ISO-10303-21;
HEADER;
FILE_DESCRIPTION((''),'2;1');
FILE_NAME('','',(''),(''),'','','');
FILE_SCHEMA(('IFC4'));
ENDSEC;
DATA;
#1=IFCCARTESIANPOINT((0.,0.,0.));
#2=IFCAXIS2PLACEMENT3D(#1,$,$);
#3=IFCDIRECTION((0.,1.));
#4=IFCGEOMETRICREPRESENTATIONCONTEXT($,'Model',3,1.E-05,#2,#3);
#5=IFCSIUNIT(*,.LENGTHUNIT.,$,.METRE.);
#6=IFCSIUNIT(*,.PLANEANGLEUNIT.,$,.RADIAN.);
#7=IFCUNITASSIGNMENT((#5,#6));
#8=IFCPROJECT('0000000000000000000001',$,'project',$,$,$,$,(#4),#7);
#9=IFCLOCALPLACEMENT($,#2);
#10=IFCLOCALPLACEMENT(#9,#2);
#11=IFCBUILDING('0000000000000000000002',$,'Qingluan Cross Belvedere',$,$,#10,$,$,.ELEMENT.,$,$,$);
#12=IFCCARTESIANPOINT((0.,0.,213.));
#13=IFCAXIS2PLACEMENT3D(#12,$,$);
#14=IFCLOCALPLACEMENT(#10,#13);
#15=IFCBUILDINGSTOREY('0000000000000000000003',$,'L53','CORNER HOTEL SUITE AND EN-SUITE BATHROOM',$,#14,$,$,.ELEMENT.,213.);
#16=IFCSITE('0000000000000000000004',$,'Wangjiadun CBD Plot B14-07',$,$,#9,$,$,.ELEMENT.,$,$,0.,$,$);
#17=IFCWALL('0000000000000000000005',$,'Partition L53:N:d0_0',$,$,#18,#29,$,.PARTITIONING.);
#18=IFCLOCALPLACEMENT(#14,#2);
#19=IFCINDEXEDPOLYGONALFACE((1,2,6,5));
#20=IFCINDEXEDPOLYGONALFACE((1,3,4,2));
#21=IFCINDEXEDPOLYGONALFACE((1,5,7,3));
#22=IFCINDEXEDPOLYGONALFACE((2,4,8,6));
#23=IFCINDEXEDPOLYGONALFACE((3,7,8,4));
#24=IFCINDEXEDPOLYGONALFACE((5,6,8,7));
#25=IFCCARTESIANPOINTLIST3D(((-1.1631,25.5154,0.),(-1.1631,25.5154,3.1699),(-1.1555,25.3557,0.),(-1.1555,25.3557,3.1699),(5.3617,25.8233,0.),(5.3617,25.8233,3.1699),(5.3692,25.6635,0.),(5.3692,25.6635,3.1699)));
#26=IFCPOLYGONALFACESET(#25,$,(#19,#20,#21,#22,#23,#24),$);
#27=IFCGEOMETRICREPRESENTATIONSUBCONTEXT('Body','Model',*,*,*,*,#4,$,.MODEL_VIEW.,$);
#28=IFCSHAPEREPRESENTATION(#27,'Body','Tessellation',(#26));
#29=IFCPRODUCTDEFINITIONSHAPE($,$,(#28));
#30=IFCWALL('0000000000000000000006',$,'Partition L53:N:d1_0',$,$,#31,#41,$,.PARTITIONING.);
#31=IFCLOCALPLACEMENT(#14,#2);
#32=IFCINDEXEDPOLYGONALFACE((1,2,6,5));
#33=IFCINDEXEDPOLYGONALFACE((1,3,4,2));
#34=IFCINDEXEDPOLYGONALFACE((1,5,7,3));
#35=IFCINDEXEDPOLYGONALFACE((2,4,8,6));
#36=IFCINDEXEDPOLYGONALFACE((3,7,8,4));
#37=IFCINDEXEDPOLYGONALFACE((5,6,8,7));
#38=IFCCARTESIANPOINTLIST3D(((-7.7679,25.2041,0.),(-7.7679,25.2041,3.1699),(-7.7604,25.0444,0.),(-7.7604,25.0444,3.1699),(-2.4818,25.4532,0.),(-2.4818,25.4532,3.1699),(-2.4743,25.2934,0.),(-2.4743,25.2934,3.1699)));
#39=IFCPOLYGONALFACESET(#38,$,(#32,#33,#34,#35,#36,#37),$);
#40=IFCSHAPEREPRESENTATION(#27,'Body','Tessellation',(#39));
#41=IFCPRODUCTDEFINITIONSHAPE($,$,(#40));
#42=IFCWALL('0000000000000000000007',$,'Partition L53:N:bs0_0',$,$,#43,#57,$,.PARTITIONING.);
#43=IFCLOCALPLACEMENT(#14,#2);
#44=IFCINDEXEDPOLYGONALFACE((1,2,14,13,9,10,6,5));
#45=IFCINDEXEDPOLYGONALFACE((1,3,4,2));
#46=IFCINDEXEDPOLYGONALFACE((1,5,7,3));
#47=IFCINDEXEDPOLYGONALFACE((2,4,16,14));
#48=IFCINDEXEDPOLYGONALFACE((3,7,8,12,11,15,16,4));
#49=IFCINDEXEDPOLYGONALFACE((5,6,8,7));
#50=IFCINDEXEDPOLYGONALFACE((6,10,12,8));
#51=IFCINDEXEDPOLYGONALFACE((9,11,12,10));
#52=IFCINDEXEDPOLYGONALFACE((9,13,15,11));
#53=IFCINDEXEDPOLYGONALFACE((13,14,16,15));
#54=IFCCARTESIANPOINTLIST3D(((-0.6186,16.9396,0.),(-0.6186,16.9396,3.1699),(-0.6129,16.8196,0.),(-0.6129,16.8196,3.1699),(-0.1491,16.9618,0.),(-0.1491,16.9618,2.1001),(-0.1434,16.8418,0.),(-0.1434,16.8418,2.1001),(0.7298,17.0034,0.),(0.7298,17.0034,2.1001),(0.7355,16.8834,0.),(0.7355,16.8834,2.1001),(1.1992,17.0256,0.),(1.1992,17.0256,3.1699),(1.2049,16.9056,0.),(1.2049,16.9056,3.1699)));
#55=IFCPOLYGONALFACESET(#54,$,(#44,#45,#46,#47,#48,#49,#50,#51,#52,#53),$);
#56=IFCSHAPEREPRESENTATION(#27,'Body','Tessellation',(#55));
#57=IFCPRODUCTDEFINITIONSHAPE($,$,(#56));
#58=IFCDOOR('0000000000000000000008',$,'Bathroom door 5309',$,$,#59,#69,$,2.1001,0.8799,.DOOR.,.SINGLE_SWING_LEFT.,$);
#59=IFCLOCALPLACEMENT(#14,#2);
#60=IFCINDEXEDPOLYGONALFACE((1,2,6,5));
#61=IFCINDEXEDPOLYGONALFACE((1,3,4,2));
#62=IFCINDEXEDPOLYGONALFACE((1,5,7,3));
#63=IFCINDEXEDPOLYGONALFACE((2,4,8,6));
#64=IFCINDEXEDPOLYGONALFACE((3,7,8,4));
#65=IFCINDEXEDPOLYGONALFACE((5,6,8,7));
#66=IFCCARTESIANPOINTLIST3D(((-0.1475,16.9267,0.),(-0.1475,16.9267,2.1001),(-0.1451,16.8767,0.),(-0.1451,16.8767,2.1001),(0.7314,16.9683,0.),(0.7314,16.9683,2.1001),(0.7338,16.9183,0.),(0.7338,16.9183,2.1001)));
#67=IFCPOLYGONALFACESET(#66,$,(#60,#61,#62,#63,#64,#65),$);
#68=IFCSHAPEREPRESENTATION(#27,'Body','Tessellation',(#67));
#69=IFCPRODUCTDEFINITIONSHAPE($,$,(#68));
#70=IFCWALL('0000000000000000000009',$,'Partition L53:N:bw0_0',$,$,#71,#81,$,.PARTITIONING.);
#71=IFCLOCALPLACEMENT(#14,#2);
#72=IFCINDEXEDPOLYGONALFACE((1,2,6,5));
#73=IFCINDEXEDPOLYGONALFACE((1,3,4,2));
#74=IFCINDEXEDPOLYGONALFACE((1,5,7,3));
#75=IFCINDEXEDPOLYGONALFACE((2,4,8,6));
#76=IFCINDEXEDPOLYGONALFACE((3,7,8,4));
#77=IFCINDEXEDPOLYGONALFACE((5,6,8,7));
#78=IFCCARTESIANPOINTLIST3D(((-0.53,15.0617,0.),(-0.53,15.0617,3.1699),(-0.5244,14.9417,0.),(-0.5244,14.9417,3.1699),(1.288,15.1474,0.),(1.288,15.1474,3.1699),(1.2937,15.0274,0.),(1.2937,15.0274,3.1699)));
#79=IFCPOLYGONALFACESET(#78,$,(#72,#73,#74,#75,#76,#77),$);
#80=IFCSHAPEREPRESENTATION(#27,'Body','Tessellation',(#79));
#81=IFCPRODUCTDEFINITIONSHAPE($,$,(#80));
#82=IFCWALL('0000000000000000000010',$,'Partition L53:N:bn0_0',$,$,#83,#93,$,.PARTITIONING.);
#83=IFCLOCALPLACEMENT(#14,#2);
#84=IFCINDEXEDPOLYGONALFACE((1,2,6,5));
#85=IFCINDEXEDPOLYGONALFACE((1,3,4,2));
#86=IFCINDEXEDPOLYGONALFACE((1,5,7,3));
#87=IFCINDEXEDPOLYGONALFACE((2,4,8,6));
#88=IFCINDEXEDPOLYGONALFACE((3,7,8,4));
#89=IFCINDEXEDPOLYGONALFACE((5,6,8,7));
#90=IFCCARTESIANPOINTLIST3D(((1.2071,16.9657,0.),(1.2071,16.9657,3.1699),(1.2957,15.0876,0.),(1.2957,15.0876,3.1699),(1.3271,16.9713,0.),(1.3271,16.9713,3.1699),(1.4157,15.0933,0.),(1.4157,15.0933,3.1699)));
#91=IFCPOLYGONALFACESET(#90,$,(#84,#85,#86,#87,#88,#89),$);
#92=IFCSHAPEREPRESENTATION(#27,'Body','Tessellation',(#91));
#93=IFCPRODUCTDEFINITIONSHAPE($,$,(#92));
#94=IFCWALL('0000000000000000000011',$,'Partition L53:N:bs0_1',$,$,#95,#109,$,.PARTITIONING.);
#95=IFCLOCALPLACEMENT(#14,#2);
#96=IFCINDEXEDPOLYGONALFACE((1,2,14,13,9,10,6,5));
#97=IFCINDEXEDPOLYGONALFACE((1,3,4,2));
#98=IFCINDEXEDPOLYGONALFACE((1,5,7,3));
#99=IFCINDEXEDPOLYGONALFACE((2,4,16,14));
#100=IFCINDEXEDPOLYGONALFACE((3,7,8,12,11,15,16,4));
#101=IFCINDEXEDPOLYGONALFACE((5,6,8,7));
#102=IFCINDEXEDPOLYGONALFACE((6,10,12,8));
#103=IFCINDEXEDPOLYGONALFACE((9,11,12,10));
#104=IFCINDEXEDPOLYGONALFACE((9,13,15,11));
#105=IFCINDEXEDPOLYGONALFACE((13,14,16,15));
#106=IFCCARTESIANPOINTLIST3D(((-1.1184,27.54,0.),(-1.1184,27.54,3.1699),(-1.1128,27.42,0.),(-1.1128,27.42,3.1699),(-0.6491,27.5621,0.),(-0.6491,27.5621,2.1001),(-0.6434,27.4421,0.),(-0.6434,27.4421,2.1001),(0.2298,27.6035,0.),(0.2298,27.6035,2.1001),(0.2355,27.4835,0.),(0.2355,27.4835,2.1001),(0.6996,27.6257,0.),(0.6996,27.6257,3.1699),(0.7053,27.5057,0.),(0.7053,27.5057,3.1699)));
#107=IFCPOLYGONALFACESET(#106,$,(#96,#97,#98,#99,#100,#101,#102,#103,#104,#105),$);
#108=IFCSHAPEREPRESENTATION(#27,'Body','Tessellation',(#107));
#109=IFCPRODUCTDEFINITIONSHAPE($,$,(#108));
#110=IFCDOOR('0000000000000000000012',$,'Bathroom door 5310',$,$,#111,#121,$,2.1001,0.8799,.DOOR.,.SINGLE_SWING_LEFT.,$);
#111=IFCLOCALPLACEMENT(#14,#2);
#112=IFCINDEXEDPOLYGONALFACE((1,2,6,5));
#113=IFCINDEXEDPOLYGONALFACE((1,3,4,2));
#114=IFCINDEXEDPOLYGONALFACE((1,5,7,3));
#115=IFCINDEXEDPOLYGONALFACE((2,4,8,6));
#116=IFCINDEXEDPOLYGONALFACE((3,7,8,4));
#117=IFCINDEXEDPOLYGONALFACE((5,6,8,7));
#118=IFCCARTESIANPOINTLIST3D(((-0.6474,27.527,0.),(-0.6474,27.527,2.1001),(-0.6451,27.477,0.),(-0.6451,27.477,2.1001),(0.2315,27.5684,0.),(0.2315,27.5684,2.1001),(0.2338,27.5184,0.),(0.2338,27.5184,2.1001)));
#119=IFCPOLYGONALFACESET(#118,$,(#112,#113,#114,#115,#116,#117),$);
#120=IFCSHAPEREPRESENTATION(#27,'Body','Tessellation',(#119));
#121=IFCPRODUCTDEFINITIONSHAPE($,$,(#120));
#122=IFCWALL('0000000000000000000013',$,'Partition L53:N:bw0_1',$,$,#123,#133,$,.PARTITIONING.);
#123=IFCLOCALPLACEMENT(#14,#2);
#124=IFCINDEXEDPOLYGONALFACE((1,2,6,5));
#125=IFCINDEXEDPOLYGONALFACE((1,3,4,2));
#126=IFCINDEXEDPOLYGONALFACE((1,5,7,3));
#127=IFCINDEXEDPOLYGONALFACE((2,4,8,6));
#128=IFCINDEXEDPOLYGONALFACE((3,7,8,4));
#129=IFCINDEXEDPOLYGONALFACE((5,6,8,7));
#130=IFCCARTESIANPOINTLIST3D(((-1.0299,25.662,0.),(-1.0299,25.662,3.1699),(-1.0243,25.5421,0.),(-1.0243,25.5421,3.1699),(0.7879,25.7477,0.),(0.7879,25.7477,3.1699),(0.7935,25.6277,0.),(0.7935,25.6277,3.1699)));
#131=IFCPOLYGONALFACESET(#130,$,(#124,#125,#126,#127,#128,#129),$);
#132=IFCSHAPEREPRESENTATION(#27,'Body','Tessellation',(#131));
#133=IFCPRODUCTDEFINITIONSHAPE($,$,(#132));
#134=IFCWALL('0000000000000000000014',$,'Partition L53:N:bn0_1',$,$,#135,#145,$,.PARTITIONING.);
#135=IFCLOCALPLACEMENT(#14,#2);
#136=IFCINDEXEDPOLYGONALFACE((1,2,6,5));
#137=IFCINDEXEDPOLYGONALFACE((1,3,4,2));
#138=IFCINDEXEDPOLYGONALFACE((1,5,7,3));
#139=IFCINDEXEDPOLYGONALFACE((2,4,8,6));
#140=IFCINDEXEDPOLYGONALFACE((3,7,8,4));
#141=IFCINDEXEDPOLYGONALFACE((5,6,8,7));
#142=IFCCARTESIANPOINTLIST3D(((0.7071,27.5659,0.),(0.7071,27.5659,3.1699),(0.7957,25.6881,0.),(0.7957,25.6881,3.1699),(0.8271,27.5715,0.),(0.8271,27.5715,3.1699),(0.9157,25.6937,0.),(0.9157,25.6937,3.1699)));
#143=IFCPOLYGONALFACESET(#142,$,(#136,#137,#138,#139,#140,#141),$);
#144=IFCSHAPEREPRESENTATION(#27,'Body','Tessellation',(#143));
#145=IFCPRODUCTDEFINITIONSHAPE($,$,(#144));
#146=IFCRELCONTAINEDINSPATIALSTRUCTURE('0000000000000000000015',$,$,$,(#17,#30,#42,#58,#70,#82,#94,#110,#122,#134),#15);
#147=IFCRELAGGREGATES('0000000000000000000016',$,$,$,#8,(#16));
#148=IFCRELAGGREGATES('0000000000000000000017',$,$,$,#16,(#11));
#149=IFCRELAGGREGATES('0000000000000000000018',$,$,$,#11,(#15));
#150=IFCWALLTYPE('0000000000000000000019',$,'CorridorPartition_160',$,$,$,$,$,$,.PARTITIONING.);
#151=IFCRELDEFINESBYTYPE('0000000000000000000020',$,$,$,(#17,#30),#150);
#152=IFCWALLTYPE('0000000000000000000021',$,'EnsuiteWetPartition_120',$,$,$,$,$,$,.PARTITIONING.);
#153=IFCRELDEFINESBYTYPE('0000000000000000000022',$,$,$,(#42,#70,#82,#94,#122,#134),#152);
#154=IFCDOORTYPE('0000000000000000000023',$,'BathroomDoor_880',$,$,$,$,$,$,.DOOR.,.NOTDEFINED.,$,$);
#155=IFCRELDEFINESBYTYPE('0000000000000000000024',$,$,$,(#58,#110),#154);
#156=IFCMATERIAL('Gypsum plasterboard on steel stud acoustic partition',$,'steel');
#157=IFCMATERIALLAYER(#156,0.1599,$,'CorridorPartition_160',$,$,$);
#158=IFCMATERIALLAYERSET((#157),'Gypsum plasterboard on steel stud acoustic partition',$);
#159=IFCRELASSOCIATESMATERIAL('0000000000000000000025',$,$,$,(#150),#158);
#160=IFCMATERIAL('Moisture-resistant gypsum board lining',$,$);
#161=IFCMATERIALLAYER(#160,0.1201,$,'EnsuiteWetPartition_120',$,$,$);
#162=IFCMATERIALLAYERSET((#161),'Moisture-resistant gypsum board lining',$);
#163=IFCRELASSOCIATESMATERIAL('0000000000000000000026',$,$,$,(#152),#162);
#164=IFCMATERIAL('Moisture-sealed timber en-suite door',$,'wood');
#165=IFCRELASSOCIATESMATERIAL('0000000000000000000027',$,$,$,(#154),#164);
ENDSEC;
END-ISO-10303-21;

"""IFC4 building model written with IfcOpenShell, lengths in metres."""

from ifc_helpers import new_model, si_unit, direction, frame, frame_2d, origin, place, context, subcontext, project, spatial, rectangle, extrude, material, layer, layer_set, type_object, element, fill, save


model = new_model("IFC4")

# Units and contexts
model_context = context("Model", 3, precision=1e-05, world=origin(), true_north=direction((0.0, 1.0)))
body_context = subcontext(model_context, "Body", "Model", "MODEL_VIEW")
ifc_project = project(units=[si_unit("LENGTHUNIT", "METRE"), si_unit("PLANEANGLEUNIT", "RADIAN")], contexts=[model_context])

# Site, building, storey
site_placement = place(None, origin())
site = spatial("IfcSite", under=ifc_project, at=site_placement, Name="Wangjiadun CBD Plot B14-07", CompositionType="ELEMENT", RefElevation=0.0)
building_placement = place(site_placement, origin())
building = spatial("IfcBuilding", under=site, at=building_placement, Name="Qingluan Cross Belvedere", CompositionType="ELEMENT")
storey_placement = place(building_placement, frame((0.0, 0.0, 213.0)))
storey = spatial("IfcBuildingStorey", under=building, at=storey_placement, Name="L53", Description="CORNER HOTEL SUITE AND EN-SUITE BATHROOM", CompositionType="ELEMENT", Elevation=213.0)

# Walls
ifc_material_1 = material(Name="Gypsum plasterboard on steel stud acoustic partition", Category="steel")
ifc_layer_1 = layer(ifc_material_1, 0.1599, Name="CorridorPartition_160")
ifc_layer_set_1 = layer_set([ifc_layer_1], Name="Gypsum plasterboard on steel stud acoustic partition")
wall_type_1 = type_object("IfcWallType", Name="CorridorPartition_160", PredefinedType="PARTITIONING", material=ifc_layer_set_1)
wall_1_placement = place(storey_placement, frame((-1.1594, 25.4355, 0.0), z_axis=(0.0, 0.0, 1.0), x_axis=(0.998889, 0.047132, 0.0)))
element("IfcWall", 1, at=wall_1_placement, inside=storey, type_object=wall_type_1, Name="Partition L53:N:d0_0", PredefinedType="PARTITIONING", context=body_context, shape_type="SweptSolid", body=[
    extrude(rectangle(XDim=6.532, YDim=0.1599, at=frame_2d((3.2661, 0.0))), origin(), (0.0, 0.0, 1.0), 3.1699),
])
wall_2_placement = place(storey_placement, frame((-2.478, 25.3733, 0.0), z_axis=(0.0, 0.0, 1.0), x_axis=(-0.998892, -0.047057, 0.0)))
element("IfcWall", 2, at=wall_2_placement, inside=storey, type_object=wall_type_1, Name="Partition L53:N:d1_0", PredefinedType="PARTITIONING", context=body_context, shape_type="SweptSolid", body=[
    extrude(rectangle(XDim=5.292, YDim=0.1599, at=frame_2d((2.646, 0.0))), origin(), (0.0, 0.0, 1.0), 3.1699),
])

# Wall, opening, door
ifc_material_2 = material(Name="Moisture-resistant gypsum board lining")
ifc_layer_2 = layer(ifc_material_2, 0.1201, Name="EnsuiteWetPartition_120")
ifc_layer_set_2 = layer_set([ifc_layer_2], Name="Moisture-resistant gypsum board lining")
wall_type_2 = type_object("IfcWallType", Name="EnsuiteWetPartition_120", PredefinedType="PARTITIONING", material=ifc_layer_set_2)
wall_3_placement = place(storey_placement, frame((-0.6157, 16.8796, 0.0), z_axis=(0.0, 0.0, 1.0), x_axis=(0.998884, 0.047221, 0.0)))
wall_3 = element("IfcWall", 3, at=wall_3_placement, inside=storey, type_object=wall_type_2, Name="Partition L53:N:bs0_0", PredefinedType="PARTITIONING", context=body_context, shape_type="SweptSolid", body=[
    extrude(rectangle(XDim=1.8198, YDim=0.1201, at=frame_2d((0.9099, 0.0))), origin(), (0.0, 0.0, 1.0), 3.1699),
])
opening_1_placement = place(wall_3_placement, frame((0.47, 0.0, 0.0)))
opening_1 = element("IfcOpeningElement", 4, at=opening_1_placement, cuts=wall_3, PredefinedType="OPENING", context=body_context, shape_type="SweptSolid", body=[
    extrude(rectangle(XDim=0.8799, YDim=2.1001, at=frame_2d((0.4399, 1.05))), frame((0.0, 0.0701, 0.0), z_axis=(0.0, -1.0, 0.0), x_axis=(1.0, 0.0, 0.0)), (0.0, 0.0, 1.0), 0.1401),
])
ifc_material_3 = material(Name="Moisture-sealed timber en-suite door", Category="wood")
door_type = type_object("IfcDoorType", Name="BathroomDoor_880", OperationType="NOTDEFINED", PredefinedType="DOOR", material=ifc_material_3)
door_1_placement = place(opening_1_placement, origin())
door_1 = element("IfcDoor", 5, at=door_1_placement, inside=storey, type_object=door_type, Name="Bathroom door 5309", OperationType="SINGLE_SWING_LEFT", OverallHeight=2.1001, OverallWidth=0.8799, PredefinedType="DOOR", context=body_context, shape_type="SweptSolid", body=[
    extrude(rectangle(XDim=0.8799, YDim=2.1001, at=frame_2d((0.4399, 1.05))), frame((0.0, 0.0249, 0.0), z_axis=(0.0, -1.0, 0.0), x_axis=(1.0, 0.0, 0.0)), (0.0, 0.0, 1.0), 0.05),
])
fill(opening_1, door_1)

# Walls
wall_4_placement = place(storey_placement, frame((-0.5273, 15.0017, 0.0), z_axis=(0.0, 0.0, 1.0), x_axis=(0.998891, 0.047081, 0.0)))
element("IfcWall", 6, at=wall_4_placement, inside=storey, type_object=wall_type_2, Name="Partition L53:N:bw0_0", PredefinedType="PARTITIONING", context=body_context, shape_type="SweptSolid", body=[
    extrude(rectangle(XDim=1.8201, YDim=0.1201, at=frame_2d((0.9102, 0.0))), origin(), (0.0, 0.0, 1.0), 3.1699),
])
wall_5_placement = place(storey_placement, frame((1.3557, 15.0906, 0.0), z_axis=(0.0, 0.0, 1.0), x_axis=(-0.047139, 0.998888, 0.0)))
element("IfcWall", 7, at=wall_5_placement, inside=storey, type_object=wall_type_2, Name="Partition L53:N:bn0_0", PredefinedType="PARTITIONING", context=body_context, shape_type="SweptSolid", body=[
    extrude(rectangle(XDim=1.8801, YDim=0.1201, at=frame_2d((0.9399, 0.0))), origin(), (0.0, 0.0, 1.0), 3.1699),
])

# Wall, opening, door
wall_6_placement = place(storey_placement, frame((-1.1157, 27.48, 0.0), z_axis=(0.0, 0.0, 1.0), x_axis=(0.998891, 0.047081, 0.0)))
wall_6 = element("IfcWall", 8, at=wall_6_placement, inside=storey, type_object=wall_type_2, Name="Partition L53:N:bs0_1", PredefinedType="PARTITIONING", context=body_context, shape_type="SweptSolid", body=[
    extrude(rectangle(XDim=1.8201, YDim=0.1201, at=frame_2d((0.9102, 0.0))), origin(), (0.0, 0.0, 1.0), 3.1699),
])
opening_2_placement = place(wall_6_placement, frame((0.47, 0.0, 0.0)))
opening_2 = element("IfcOpeningElement", 9, at=opening_2_placement, cuts=wall_6, PredefinedType="OPENING", context=body_context, shape_type="SweptSolid", body=[
    extrude(rectangle(XDim=0.8799, YDim=2.1001, at=frame_2d((0.4399, 1.05))), frame((0.0, 0.0701, 0.0), z_axis=(0.0, -1.0, 0.0), x_axis=(1.0, 0.0, 0.0)), (0.0, 0.0, 1.0), 0.1401),
])
door_2_placement = place(opening_2_placement, origin())
door_2 = element("IfcDoor", 10, at=door_2_placement, inside=storey, type_object=door_type, Name="Bathroom door 5310", OperationType="SINGLE_SWING_LEFT", OverallHeight=2.1001, OverallWidth=0.8799, PredefinedType="DOOR", context=body_context, shape_type="SweptSolid", body=[
    extrude(rectangle(XDim=0.8799, YDim=2.1001, at=frame_2d((0.4399, 1.05))), frame((0.0, 0.0249, 0.0), z_axis=(0.0, -1.0, 0.0), x_axis=(1.0, 0.0, 0.0)), (0.0, 0.0, 1.0), 0.05),
])
fill(opening_2, door_2)

# Walls
wall_7_placement = place(storey_placement, frame((-1.0271, 25.6021, 0.0), z_axis=(0.0, 0.0, 1.0), x_axis=(0.998891, 0.047087, 0.0)))
element("IfcWall", 11, at=wall_7_placement, inside=storey, type_object=wall_type_2, Name="Partition L53:N:bw0_1", PredefinedType="PARTITIONING", context=body_context, shape_type="SweptSolid", body=[
    extrude(rectangle(XDim=1.8198, YDim=0.1201, at=frame_2d((0.9099, 0.0))), origin(), (0.0, 0.0, 1.0), 3.1699),
])
wall_8_placement = place(storey_placement, frame((0.8557, 25.6909, 0.0), z_axis=(0.0, 0.0, 1.0), x_axis=(-0.047146, 0.998888, 0.0)))
element("IfcWall", 12, at=wall_8_placement, inside=storey, type_object=wall_type_2, Name="Partition L53:N:bn0_1", PredefinedType="PARTITIONING", context=body_context, shape_type="SweptSolid", body=[
    extrude(rectangle(XDim=1.8799, YDim=0.1201, at=frame_2d((0.9399, 0.0))), origin(), (0.0, 0.0, 1.0), 3.1699),
])

save(model, "model.ifc")
